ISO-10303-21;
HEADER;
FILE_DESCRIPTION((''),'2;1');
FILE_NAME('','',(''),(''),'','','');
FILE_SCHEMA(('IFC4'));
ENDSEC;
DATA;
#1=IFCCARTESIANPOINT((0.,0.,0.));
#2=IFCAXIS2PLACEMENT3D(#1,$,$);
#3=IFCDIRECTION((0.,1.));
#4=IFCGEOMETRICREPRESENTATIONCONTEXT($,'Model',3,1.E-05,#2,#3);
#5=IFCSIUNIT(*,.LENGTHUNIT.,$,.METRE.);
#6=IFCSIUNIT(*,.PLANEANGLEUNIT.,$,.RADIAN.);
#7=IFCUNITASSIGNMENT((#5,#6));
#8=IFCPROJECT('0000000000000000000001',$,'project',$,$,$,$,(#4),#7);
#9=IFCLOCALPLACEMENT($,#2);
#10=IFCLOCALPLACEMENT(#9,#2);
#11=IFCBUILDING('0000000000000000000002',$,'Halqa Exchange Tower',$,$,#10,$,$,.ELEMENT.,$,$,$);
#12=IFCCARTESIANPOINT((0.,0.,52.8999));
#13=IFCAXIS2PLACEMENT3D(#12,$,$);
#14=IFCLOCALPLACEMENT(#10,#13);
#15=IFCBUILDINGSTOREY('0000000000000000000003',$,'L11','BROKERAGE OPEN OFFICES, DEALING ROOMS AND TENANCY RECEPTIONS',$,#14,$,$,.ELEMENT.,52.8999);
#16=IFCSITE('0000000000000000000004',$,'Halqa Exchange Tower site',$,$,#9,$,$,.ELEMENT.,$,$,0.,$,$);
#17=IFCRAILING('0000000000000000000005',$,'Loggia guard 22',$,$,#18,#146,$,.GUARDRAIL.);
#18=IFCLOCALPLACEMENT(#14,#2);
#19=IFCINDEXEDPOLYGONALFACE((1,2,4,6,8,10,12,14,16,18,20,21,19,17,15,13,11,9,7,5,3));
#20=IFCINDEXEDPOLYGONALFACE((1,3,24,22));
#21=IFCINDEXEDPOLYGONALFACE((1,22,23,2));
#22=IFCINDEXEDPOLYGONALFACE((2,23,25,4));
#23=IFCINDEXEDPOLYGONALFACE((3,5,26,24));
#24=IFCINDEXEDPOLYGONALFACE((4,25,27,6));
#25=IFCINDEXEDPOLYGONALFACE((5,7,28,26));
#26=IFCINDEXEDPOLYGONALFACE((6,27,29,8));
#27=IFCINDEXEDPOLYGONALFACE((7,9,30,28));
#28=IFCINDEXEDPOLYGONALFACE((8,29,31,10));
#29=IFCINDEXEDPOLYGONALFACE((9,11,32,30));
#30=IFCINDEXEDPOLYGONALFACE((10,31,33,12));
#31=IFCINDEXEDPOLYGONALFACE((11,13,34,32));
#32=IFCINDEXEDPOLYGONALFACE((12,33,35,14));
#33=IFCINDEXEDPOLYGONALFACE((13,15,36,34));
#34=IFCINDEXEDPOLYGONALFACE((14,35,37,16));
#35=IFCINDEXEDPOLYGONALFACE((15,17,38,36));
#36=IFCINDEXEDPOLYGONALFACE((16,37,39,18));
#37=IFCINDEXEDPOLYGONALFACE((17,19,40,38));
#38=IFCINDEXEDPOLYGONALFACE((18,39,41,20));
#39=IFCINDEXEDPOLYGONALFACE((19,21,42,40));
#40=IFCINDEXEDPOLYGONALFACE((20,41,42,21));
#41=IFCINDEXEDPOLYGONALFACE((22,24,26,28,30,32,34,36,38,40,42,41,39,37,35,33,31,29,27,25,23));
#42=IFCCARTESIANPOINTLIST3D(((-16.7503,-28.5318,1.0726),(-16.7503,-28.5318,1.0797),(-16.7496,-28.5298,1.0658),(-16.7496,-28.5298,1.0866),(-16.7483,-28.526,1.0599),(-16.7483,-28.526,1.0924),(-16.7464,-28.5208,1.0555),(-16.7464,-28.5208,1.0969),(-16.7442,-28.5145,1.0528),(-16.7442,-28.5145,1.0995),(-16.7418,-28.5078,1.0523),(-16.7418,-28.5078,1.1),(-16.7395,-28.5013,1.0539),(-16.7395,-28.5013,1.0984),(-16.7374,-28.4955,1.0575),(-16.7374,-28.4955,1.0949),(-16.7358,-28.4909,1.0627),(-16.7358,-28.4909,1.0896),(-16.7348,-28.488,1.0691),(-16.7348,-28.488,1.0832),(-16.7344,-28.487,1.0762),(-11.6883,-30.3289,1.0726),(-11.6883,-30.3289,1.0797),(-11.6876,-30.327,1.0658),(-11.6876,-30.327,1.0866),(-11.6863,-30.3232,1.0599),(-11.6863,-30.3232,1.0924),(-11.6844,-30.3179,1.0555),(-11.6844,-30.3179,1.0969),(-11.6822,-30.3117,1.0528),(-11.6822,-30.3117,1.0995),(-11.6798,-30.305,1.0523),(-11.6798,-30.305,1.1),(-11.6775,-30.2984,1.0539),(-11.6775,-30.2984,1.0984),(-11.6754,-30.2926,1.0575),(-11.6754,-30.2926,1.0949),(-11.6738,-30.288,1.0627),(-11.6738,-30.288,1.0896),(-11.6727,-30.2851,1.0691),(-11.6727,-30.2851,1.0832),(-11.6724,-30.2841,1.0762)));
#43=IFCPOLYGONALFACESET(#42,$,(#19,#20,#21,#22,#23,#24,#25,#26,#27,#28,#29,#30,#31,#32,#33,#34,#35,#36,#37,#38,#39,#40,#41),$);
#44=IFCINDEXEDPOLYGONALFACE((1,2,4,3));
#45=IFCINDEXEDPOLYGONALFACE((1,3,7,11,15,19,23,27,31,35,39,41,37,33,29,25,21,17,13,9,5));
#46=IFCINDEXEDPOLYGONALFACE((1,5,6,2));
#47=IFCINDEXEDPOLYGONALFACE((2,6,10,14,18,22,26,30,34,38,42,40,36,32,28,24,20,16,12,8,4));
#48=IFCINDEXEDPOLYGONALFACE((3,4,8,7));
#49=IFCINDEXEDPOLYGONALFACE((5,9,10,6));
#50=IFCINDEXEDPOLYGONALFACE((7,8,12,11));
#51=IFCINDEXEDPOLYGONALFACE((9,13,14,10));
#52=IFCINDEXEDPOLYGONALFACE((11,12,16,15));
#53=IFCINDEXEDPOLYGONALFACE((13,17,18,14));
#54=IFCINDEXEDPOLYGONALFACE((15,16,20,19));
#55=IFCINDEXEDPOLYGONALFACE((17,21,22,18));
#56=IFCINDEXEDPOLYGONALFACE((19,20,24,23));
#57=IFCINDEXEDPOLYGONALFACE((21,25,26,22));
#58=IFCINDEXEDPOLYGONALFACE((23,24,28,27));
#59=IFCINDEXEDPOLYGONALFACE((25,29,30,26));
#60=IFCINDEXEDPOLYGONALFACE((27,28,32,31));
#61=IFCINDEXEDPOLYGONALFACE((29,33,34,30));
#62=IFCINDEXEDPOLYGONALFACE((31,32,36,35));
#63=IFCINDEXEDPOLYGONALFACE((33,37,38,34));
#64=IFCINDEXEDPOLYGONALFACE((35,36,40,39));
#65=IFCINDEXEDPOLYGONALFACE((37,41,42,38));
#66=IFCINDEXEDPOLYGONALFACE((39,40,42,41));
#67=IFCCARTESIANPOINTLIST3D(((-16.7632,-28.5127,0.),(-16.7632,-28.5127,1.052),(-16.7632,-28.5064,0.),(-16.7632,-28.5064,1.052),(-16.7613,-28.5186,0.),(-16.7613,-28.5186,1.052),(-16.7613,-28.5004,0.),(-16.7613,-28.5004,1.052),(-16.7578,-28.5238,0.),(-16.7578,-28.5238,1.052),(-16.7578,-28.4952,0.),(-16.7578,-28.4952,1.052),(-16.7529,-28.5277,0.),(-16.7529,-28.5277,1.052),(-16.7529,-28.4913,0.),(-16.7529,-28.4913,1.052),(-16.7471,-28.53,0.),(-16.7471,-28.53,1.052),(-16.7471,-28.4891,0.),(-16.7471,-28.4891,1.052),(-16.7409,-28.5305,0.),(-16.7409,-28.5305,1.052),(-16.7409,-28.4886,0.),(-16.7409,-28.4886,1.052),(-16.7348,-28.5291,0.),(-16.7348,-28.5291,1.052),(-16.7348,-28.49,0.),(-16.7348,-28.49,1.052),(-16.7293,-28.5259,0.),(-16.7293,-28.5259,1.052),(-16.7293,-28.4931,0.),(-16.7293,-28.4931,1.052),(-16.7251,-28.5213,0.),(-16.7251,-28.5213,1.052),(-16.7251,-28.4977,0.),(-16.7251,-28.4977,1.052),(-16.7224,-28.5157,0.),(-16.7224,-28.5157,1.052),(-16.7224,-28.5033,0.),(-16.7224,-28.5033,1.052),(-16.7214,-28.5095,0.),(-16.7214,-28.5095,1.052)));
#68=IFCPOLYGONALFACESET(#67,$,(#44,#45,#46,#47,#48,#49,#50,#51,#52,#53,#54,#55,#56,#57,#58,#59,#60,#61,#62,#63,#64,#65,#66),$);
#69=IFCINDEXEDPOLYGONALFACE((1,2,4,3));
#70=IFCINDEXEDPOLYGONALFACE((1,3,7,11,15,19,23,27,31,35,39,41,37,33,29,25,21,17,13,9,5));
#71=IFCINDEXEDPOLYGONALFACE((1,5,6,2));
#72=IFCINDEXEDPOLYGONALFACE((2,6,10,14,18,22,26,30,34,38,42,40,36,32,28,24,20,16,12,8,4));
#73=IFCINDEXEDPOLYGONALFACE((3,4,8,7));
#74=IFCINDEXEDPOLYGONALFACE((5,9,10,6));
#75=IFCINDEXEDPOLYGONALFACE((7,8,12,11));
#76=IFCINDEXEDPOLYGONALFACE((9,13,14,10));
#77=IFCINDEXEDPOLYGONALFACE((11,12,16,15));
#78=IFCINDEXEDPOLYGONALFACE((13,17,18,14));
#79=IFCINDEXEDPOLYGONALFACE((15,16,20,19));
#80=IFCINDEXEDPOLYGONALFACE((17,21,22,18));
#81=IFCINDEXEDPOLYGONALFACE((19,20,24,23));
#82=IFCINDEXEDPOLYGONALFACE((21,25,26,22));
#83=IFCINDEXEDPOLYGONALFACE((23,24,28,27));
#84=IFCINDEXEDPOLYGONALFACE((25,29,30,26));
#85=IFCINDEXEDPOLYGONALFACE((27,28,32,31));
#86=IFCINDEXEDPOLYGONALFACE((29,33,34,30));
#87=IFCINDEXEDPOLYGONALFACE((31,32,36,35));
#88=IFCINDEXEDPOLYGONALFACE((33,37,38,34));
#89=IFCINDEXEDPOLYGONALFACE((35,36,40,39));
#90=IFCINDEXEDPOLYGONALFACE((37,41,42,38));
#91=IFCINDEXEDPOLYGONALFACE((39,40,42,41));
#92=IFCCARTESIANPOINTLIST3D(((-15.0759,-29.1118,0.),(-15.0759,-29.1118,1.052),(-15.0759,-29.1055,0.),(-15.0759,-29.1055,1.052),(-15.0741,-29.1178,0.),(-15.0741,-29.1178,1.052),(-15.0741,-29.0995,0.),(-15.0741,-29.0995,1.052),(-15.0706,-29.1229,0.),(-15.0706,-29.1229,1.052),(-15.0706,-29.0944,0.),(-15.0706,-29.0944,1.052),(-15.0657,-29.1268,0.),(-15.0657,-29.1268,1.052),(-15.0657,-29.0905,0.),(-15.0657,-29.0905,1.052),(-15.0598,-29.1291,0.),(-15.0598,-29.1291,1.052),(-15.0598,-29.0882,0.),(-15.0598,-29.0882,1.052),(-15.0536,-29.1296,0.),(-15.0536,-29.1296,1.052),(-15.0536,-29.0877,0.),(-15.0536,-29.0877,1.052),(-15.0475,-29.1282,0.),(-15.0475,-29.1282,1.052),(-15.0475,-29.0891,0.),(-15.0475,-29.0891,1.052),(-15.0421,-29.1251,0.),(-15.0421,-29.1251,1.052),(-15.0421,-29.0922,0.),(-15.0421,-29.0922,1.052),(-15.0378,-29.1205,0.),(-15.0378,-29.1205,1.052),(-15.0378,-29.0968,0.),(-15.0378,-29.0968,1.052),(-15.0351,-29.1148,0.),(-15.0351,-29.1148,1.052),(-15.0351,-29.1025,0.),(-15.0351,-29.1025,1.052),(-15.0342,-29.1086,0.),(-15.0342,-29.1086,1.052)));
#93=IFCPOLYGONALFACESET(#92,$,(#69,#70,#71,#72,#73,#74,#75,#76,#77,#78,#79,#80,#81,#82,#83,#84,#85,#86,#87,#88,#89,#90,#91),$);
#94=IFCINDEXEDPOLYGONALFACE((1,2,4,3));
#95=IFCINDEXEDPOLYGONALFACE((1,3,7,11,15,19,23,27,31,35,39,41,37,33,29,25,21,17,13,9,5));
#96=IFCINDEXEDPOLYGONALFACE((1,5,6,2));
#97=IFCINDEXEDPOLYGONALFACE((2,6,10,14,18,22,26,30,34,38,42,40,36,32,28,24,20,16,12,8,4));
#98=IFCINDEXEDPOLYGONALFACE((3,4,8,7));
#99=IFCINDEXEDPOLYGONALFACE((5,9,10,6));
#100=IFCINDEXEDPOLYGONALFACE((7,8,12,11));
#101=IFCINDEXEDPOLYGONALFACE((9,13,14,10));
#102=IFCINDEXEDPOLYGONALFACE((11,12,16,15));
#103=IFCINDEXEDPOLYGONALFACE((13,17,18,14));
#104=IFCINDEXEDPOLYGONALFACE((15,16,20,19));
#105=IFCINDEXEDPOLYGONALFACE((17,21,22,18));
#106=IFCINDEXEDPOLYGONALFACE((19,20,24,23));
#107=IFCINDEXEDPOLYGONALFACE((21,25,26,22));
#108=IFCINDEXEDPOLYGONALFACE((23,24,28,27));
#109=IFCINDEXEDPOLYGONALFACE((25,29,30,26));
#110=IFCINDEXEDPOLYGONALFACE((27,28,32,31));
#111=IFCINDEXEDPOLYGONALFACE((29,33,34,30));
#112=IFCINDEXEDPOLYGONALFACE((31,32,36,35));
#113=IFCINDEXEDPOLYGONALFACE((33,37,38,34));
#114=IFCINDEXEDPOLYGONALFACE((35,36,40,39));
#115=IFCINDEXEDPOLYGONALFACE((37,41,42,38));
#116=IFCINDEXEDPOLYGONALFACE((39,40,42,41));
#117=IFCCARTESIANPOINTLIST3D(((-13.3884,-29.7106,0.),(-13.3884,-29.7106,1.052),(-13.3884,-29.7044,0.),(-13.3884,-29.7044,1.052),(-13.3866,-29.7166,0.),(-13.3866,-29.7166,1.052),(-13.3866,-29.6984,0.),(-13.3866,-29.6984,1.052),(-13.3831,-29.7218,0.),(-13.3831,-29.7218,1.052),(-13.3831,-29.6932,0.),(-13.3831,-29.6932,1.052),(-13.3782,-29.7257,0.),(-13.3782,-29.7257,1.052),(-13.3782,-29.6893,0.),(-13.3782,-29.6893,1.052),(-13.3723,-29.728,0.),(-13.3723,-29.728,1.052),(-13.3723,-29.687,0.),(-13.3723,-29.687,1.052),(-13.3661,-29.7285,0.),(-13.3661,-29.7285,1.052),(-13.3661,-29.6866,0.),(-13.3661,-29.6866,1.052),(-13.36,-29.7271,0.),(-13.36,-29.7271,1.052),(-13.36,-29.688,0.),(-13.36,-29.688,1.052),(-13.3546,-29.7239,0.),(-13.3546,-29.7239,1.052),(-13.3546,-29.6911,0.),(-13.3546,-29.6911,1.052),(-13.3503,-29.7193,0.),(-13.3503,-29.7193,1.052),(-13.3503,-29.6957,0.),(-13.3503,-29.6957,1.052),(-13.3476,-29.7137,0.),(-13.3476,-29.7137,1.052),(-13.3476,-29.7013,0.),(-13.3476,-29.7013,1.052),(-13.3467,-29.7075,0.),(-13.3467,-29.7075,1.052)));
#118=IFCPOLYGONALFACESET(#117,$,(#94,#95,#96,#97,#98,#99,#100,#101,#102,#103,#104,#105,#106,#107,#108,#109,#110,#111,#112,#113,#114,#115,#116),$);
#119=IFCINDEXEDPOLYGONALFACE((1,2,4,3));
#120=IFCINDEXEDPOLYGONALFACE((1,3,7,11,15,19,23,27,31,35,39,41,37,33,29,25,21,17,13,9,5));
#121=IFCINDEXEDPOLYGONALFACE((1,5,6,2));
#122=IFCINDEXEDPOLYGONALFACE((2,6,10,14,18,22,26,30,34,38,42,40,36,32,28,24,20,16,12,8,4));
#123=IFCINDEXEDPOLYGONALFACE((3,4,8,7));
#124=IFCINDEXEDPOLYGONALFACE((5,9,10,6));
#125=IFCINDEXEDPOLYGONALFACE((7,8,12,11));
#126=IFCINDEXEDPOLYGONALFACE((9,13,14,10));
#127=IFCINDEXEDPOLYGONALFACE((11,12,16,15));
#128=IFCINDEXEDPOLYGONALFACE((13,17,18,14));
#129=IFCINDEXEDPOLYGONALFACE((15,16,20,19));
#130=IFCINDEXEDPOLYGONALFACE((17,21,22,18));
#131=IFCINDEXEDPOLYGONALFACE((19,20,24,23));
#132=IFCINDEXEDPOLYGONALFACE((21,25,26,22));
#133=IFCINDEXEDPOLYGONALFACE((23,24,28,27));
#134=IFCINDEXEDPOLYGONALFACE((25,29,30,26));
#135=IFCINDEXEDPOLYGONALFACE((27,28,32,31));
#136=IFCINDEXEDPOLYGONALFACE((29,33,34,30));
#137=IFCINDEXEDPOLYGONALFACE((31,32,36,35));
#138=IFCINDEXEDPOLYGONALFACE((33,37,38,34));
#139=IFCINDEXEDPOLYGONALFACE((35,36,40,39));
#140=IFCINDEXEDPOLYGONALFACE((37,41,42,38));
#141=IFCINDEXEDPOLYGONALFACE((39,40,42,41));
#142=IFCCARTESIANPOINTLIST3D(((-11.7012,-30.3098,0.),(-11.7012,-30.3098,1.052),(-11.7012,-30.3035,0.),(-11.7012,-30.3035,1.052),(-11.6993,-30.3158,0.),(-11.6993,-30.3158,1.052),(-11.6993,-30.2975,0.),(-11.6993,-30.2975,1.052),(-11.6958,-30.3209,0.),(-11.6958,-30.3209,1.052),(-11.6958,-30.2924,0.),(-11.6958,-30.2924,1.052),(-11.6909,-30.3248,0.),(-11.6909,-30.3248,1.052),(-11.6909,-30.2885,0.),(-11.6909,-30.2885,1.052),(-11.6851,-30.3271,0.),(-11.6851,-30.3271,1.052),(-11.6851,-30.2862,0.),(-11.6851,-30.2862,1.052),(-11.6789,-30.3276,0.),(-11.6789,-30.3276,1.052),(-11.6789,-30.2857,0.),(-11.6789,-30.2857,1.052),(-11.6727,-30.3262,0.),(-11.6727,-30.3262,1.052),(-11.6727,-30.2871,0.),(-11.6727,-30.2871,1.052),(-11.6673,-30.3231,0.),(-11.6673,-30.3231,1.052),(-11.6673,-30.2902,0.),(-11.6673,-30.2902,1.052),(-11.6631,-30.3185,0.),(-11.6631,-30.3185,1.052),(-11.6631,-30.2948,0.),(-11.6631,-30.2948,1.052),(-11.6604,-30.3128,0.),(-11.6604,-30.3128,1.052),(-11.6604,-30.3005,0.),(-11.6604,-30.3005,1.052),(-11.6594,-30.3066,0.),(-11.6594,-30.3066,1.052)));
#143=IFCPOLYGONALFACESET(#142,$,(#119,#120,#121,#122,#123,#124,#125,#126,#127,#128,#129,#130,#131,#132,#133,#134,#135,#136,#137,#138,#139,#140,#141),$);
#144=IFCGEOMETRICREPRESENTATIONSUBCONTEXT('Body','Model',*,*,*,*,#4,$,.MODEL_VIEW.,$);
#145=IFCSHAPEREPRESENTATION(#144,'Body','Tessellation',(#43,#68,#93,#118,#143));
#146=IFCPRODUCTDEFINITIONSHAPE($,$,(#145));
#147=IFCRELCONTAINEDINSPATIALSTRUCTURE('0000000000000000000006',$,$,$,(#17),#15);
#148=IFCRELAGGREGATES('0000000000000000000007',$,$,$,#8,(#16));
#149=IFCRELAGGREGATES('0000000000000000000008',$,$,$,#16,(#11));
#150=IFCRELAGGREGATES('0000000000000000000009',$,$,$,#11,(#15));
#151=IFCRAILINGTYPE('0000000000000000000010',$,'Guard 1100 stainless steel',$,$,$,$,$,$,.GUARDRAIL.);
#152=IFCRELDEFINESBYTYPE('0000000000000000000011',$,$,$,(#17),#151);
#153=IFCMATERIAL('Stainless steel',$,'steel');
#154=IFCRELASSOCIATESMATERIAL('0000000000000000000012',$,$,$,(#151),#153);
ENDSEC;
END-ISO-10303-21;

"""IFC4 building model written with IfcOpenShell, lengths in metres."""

from ifc_helpers import new_model, si_unit, direction, frame, origin, origin_2d, place, context, subcontext, project, spatial, circle, extrude, material, type_object, element, save


model = new_model("IFC4")

# Units and contexts
model_context = context("Model", 3, precision=1e-05, world=origin(), true_north=direction((0.0, 1.0)))
body_context = subcontext(model_context, "Body", "Model", "MODEL_VIEW")
ifc_project = project(units=[si_unit("LENGTHUNIT", "METRE"), si_unit("PLANEANGLEUNIT", "RADIAN")], contexts=[model_context])

# Site, building, storey
site_placement = place(None, origin())
site = spatial("IfcSite", under=ifc_project, at=site_placement, Name="Halqa Exchange Tower site", CompositionType="ELEMENT", RefElevation=0.0)
building_placement = place(site_placement, origin())
building = spatial("IfcBuilding", under=site, at=building_placement, Name="Halqa Exchange Tower", CompositionType="ELEMENT")
storey_placement = place(building_placement, frame((0.0, 0.0, 52.8999)))
storey = spatial("IfcBuildingStorey", under=building, at=storey_placement, Name="L11", Description="BROKERAGE OPEN OFFICES, DEALING ROOMS AND TENANCY RECEPTIONS", CompositionType="ELEMENT", Elevation=52.8999)

# Railing
ifc_material_1 = material(Name="Stainless steel", Category="steel")
railing_type = type_object("IfcRailingType", Name="Guard 1100 stainless steel", PredefinedType="GUARDRAIL", material=ifc_material_1)
railing_1_placement = place(storey_placement, frame((-16.7424, -28.5095, 0.0)))
element("IfcRailing", 1, at=railing_1_placement, inside=storey, type_object=railing_type, Name="Loggia guard 22", PredefinedType="GUARDRAIL", context=body_context, shape_type="SweptSolid", body=[
    extrude(circle(Radius=0.0239, at=origin_2d()), frame((0.0, 0.0, 1.0762), z_axis=(0.942374, -0.334562, 0.0), x_axis=(0.334562, 0.942374, 0.0)), (0.0, 0.0, 1.0), 5.3716),
    extrude(circle(Radius=0.021, at=origin_2d()), origin(), (0.0, 0.0, 1.0), 1.052),
    extrude(circle(Radius=0.021, at=origin_2d()), frame((1.6873, -0.5991, 0.0)), (0.0, 0.0, 1.0), 1.052),
    extrude(circle(Radius=0.021, at=origin_2d()), frame((3.3748, -1.198, 0.0)), (0.0, 0.0, 1.0), 1.052),
    extrude(circle(Radius=0.021, at=origin_2d()), frame((5.062, -1.7971, 0.0)), (0.0, 0.0, 1.0), 1.052),
])

save(model, "model.ifc")
